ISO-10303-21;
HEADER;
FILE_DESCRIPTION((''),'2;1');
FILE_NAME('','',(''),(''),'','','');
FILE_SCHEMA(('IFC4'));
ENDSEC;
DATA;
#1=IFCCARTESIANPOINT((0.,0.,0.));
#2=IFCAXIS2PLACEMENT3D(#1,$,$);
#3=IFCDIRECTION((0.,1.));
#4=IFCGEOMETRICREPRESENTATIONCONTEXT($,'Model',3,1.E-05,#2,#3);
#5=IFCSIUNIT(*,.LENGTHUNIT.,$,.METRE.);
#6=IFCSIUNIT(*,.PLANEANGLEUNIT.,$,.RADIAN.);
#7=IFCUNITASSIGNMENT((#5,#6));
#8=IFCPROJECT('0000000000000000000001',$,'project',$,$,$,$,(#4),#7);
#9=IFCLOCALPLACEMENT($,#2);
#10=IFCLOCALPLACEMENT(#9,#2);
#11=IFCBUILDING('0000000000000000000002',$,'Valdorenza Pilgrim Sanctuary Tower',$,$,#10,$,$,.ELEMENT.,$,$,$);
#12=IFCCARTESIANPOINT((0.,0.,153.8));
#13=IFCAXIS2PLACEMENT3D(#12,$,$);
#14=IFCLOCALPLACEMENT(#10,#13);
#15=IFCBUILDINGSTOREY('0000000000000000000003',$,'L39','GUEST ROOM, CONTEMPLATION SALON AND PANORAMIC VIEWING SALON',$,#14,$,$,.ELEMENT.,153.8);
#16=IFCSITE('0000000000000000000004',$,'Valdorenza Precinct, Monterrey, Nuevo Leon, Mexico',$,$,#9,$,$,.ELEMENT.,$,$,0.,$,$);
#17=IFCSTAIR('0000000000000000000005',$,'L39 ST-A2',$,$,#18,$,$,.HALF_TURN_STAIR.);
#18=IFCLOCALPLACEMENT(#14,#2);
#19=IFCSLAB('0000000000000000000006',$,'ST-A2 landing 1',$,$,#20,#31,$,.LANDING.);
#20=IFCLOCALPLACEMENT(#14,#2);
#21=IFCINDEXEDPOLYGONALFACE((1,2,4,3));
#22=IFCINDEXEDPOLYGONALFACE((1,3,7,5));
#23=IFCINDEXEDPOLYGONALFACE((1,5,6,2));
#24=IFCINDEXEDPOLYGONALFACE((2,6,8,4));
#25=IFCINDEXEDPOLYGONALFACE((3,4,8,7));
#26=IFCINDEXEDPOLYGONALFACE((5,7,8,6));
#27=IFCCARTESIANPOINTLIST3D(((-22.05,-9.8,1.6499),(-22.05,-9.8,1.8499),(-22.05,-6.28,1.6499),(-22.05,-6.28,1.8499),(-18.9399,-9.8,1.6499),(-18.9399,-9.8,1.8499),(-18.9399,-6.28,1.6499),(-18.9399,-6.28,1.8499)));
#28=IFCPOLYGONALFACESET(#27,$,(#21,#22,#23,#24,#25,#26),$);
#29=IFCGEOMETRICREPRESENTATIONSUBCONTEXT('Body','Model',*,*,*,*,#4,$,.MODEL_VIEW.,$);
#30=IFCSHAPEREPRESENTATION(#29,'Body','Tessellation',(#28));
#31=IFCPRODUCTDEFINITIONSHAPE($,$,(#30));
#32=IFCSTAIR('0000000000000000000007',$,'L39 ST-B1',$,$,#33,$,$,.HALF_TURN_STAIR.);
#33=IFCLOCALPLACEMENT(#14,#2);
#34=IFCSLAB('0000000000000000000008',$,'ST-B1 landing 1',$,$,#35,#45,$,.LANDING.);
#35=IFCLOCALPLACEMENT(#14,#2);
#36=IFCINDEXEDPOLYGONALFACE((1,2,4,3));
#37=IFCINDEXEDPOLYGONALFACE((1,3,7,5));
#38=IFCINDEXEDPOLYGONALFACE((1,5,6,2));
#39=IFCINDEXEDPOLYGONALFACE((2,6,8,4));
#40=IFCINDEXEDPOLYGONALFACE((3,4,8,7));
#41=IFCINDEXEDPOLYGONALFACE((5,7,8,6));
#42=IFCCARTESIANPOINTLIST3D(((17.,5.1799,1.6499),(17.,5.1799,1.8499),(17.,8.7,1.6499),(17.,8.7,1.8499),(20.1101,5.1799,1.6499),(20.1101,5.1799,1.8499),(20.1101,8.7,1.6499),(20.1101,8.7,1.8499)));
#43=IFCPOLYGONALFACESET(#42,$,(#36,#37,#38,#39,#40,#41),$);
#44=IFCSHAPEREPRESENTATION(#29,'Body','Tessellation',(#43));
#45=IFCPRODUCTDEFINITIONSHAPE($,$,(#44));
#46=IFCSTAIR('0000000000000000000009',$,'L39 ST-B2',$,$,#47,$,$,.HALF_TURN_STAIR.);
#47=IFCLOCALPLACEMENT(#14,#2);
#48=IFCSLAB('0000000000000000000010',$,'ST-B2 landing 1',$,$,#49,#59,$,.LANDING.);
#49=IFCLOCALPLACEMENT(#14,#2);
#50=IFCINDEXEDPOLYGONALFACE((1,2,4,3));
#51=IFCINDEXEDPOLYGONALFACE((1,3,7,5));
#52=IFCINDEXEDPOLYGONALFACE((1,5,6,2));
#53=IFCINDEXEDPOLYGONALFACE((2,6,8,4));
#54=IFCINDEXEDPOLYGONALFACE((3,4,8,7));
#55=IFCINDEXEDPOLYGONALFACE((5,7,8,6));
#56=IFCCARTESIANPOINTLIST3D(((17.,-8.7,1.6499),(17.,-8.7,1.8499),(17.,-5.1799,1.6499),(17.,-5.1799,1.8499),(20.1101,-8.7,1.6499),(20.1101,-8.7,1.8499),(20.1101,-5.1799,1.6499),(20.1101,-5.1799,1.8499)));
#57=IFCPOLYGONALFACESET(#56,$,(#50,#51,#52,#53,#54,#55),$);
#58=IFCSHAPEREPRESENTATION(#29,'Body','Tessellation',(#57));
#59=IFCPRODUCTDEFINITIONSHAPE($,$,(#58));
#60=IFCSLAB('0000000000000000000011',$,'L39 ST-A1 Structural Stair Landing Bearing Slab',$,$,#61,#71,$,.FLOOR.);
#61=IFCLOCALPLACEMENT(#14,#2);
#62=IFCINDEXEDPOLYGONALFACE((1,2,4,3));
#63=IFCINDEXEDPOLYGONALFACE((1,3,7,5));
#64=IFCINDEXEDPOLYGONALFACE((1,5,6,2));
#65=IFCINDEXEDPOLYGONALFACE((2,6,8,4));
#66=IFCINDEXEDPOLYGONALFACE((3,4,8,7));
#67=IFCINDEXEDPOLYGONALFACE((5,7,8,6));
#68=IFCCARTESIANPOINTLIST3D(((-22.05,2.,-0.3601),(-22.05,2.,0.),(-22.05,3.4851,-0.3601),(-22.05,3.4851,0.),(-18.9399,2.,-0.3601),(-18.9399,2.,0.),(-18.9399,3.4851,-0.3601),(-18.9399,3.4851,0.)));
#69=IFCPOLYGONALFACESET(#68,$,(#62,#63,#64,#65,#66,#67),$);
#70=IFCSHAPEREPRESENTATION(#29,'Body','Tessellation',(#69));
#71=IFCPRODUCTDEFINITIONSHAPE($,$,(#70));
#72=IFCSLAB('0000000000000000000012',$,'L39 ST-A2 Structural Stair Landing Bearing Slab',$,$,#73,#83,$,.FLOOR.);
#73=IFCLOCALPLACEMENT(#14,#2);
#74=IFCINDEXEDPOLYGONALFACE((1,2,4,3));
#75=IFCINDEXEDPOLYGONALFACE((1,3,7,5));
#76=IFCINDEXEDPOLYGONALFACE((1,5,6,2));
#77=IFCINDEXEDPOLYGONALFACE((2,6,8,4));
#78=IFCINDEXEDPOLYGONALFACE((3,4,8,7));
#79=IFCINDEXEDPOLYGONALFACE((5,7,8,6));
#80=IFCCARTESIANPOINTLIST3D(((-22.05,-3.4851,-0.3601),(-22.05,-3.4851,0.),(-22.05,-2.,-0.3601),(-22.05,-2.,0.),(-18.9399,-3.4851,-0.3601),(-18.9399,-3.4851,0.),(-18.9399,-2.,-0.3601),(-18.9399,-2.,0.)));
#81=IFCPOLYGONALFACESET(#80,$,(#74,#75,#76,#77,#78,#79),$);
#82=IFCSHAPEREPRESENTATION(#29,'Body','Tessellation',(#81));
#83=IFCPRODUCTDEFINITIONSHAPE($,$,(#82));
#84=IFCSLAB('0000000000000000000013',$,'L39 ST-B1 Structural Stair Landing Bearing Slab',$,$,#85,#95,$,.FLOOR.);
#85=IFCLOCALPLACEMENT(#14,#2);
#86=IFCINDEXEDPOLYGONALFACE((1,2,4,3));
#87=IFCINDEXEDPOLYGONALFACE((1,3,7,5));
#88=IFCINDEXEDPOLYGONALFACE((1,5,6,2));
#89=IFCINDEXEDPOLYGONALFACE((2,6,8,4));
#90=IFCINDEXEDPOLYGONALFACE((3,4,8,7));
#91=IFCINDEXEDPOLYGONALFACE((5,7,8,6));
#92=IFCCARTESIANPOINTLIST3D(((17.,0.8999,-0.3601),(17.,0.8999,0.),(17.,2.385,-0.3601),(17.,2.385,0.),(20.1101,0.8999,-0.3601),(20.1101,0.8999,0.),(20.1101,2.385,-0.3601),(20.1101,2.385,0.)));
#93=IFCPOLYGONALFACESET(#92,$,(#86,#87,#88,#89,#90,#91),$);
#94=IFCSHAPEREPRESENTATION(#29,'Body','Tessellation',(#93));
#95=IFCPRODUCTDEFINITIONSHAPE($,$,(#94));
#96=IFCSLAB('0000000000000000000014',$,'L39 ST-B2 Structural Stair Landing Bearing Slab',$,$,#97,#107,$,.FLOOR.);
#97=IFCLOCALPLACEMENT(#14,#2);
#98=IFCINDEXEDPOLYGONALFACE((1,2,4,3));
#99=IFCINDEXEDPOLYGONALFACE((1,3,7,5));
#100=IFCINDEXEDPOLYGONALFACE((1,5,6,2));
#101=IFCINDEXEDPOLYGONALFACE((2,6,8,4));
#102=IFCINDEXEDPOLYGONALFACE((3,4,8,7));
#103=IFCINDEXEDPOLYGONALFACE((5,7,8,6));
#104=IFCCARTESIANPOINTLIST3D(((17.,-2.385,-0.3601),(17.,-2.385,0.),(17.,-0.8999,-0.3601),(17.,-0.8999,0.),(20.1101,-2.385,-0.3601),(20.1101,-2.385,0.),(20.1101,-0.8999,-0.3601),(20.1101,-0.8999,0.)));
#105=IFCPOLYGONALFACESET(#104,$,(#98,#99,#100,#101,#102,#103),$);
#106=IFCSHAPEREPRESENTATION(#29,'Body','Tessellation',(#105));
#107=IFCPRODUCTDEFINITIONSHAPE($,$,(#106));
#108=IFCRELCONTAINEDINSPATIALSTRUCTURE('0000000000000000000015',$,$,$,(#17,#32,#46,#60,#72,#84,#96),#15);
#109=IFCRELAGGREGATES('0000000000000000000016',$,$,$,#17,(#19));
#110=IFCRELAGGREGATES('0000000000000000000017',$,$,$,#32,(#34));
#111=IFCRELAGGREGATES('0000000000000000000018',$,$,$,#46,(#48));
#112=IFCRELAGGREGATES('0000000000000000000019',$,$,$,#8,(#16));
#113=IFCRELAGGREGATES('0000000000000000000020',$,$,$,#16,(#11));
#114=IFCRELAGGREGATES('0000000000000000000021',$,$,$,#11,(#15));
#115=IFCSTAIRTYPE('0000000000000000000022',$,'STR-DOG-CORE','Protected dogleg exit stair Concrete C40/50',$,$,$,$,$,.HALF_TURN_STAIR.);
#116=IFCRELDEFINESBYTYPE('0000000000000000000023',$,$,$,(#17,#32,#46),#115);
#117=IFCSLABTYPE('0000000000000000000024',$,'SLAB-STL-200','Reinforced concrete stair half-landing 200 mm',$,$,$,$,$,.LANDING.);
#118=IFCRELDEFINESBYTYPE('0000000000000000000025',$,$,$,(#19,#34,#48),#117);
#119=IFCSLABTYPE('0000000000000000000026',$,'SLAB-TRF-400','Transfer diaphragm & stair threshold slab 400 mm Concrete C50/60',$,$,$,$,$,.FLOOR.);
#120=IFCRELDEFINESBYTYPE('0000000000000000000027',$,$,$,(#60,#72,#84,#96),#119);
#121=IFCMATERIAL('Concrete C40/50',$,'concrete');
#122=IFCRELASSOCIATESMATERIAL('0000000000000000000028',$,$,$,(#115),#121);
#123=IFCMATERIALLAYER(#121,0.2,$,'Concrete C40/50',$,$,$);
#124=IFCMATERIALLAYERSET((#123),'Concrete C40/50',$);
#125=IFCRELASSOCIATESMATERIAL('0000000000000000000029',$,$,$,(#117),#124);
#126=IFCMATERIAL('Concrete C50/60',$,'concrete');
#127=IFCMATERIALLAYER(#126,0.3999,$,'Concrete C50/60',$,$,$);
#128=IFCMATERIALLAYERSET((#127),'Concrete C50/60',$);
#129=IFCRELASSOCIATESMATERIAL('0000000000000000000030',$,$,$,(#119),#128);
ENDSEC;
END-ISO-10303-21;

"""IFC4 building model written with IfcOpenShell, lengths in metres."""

from ifc_helpers import new_model, si_unit, direction, frame, origin, place, context, subcontext, project, spatial, polyline, outline, extrude, material, layer, layer_set, type_object, element, aggregate, save


model = new_model("IFC4")

# Units and contexts
model_context = context("Model", 3, precision=1e-05, world=origin(), true_north=direction((0.0, 1.0)))
body_context = subcontext(model_context, "Body", "Model", "MODEL_VIEW")
ifc_project = project(units=[si_unit("LENGTHUNIT", "METRE"), si_unit("PLANEANGLEUNIT", "RADIAN")], contexts=[model_context])

# Site, building, storey
site_placement = place(None, origin())
site = spatial("IfcSite", under=ifc_project, at=site_placement, Name="Valdorenza Precinct, Monterrey, Nuevo Leon, Mexico", CompositionType="ELEMENT", RefElevation=0.0)
building_placement = place(site_placement, origin())
building = spatial("IfcBuilding", under=site, at=building_placement, Name="Valdorenza Pilgrim Sanctuary Tower", CompositionType="ELEMENT")
storey_placement = place(building_placement, frame((0.0, 0.0, 153.8)))
storey = spatial("IfcBuildingStorey", under=building, at=storey_placement, Name="L39", Description="GUEST ROOM, CONTEMPLATION SALON AND PANORAMIC VIEWING SALON", CompositionType="ELEMENT", Elevation=153.8)

# Shared definitions
ifc_material_1 = material(Name="Concrete C40/50", Category="concrete")

# Stairs, slabs
stair_type = type_object("IfcStairType", Name="STR-DOG-CORE", Description="Protected dogleg exit stair Concrete C40/50", PredefinedType="HALF_TURN_STAIR", material=ifc_material_1)
ifc_layer_1 = layer(ifc_material_1, 0.2, Name="Concrete C40/50")
ifc_layer_set_1 = layer_set([ifc_layer_1], Name="Concrete C40/50")
slab_type_1 = type_object("IfcSlabType", Name="SLAB-STL-200", Description="Reinforced concrete stair half-landing 200 mm", PredefinedType="LANDING", material=ifc_layer_set_1)
stair_1_placement = place(storey_placement, origin())
stair_1 = element("IfcStair", 1, at=stair_1_placement, inside=storey, type_object=stair_type, Name="L39 ST-A2", PredefinedType="HALF_TURN_STAIR")
slab_1_placement = place(storey_placement, frame((0.0, 0.0, 1.6499)))
slab_1 = element("IfcSlab", 2, at=slab_1_placement, type_object=slab_type_1, Name="ST-A2 landing 1", PredefinedType="LANDING", context=body_context, shape_type="SweptSolid", body=[
    extrude(outline(polyline([(-22.05, -6.28), (-22.05, -9.8), (-18.9399, -9.8), (-18.9399, -6.28), (-22.05, -6.28)])), origin(), (0.0, 0.0, 1.0), 0.2),
])
aggregate(stair_1, [slab_1])
stair_2_placement = place(storey_placement, origin())
stair_2 = element("IfcStair", 3, at=stair_2_placement, inside=storey, type_object=stair_type, Name="L39 ST-B1", PredefinedType="HALF_TURN_STAIR")
slab_2_placement = place(storey_placement, frame((0.0, 0.0, 1.6499)))
slab_2 = element("IfcSlab", 4, at=slab_2_placement, type_object=slab_type_1, Name="ST-B1 landing 1", PredefinedType="LANDING", context=body_context, shape_type="SweptSolid", body=[
    extrude(outline(polyline([(20.1101, 5.1799), (20.1101, 8.7), (17.0, 8.7), (17.0, 5.1799), (20.1101, 5.1799)])), origin(), (0.0, 0.0, 1.0), 0.2),
])
aggregate(stair_2, [slab_2])
stair_3_placement = place(storey_placement, origin())
stair_3 = element("IfcStair", 5, at=stair_3_placement, inside=storey, type_object=stair_type, Name="L39 ST-B2", PredefinedType="HALF_TURN_STAIR")
slab_3_placement = place(storey_placement, frame((0.0, 0.0, 1.6499)))
slab_3 = element("IfcSlab", 6, at=slab_3_placement, type_object=slab_type_1, Name="ST-B2 landing 1", PredefinedType="LANDING", context=body_context, shape_type="SweptSolid", body=[
    extrude(outline(polyline([(17.0, -5.1799), (17.0, -8.7), (20.1101, -8.7), (20.1101, -5.1799), (17.0, -5.1799)])), origin(), (0.0, 0.0, 1.0), 0.2),
])
aggregate(stair_3, [slab_3])

# Slabs
ifc_material_2 = material(Name="Concrete C50/60", Category="concrete")
ifc_layer_2 = layer(ifc_material_2, 0.3999, Name="Concrete C50/60")
ifc_layer_set_2 = layer_set([ifc_layer_2], Name="Concrete C50/60")
slab_type_2 = type_object("IfcSlabType", Name="SLAB-TRF-400", Description="Transfer diaphragm & stair threshold slab 400 mm Concrete C50/60", PredefinedType="FLOOR", material=ifc_layer_set_2)
slab_4_placement = place(storey_placement, frame((0.0, 0.0, -0.3601)))
element("IfcSlab", 7, at=slab_4_placement, inside=storey, type_object=slab_type_2, Name="L39 ST-A1 Structural Stair Landing Bearing Slab", PredefinedType="FLOOR", context=body_context, shape_type="SweptSolid", body=[
    extrude(outline(polyline([(-22.05, 2.0), (-18.9399, 2.0), (-18.9399, 3.4851), (-22.05, 3.4851), (-22.05, 2.0)])), origin(), (0.0, 0.0, 1.0), 0.3601),
])
slab_5_placement = place(storey_placement, frame((0.0, 0.0, -0.3601)))
element("IfcSlab", 8, at=slab_5_placement, inside=storey, type_object=slab_type_2, Name="L39 ST-A2 Structural Stair Landing Bearing Slab", PredefinedType="FLOOR", context=body_context, shape_type="SweptSolid", body=[
    extrude(outline(polyline([(-22.05, -3.4851), (-18.9399, -3.4851), (-18.9399, -2.0), (-22.05, -2.0), (-22.05, -3.4851)])), origin(), (0.0, 0.0, 1.0), 0.3601),
])
slab_6_placement = place(storey_placement, frame((0.0, 0.0, -0.3601)))
element("IfcSlab", 9, at=slab_6_placement, inside=storey, type_object=slab_type_2, Name="L39 ST-B1 Structural Stair Landing Bearing Slab", PredefinedType="FLOOR", context=body_context, shape_type="SweptSolid", body=[
    extrude(outline(polyline([(17.0, 0.8999), (20.1101, 0.8999), (20.1101, 2.385), (17.0, 2.385), (17.0, 0.8999)])), origin(), (0.0, 0.0, 1.0), 0.3601),
])
slab_7_placement = place(storey_placement, frame((0.0, 0.0, -0.3601)))
element("IfcSlab", 10, at=slab_7_placement, inside=storey, type_object=slab_type_2, Name="L39 ST-B2 Structural Stair Landing Bearing Slab", PredefinedType="FLOOR", context=body_context, shape_type="SweptSolid", body=[
    extrude(outline(polyline([(17.0, -2.385), (20.1101, -2.385), (20.1101, -0.8999), (17.0, -0.8999), (17.0, -2.385)])), origin(), (0.0, 0.0, 1.0), 0.3601),
])

save(model, "model.ifc")
